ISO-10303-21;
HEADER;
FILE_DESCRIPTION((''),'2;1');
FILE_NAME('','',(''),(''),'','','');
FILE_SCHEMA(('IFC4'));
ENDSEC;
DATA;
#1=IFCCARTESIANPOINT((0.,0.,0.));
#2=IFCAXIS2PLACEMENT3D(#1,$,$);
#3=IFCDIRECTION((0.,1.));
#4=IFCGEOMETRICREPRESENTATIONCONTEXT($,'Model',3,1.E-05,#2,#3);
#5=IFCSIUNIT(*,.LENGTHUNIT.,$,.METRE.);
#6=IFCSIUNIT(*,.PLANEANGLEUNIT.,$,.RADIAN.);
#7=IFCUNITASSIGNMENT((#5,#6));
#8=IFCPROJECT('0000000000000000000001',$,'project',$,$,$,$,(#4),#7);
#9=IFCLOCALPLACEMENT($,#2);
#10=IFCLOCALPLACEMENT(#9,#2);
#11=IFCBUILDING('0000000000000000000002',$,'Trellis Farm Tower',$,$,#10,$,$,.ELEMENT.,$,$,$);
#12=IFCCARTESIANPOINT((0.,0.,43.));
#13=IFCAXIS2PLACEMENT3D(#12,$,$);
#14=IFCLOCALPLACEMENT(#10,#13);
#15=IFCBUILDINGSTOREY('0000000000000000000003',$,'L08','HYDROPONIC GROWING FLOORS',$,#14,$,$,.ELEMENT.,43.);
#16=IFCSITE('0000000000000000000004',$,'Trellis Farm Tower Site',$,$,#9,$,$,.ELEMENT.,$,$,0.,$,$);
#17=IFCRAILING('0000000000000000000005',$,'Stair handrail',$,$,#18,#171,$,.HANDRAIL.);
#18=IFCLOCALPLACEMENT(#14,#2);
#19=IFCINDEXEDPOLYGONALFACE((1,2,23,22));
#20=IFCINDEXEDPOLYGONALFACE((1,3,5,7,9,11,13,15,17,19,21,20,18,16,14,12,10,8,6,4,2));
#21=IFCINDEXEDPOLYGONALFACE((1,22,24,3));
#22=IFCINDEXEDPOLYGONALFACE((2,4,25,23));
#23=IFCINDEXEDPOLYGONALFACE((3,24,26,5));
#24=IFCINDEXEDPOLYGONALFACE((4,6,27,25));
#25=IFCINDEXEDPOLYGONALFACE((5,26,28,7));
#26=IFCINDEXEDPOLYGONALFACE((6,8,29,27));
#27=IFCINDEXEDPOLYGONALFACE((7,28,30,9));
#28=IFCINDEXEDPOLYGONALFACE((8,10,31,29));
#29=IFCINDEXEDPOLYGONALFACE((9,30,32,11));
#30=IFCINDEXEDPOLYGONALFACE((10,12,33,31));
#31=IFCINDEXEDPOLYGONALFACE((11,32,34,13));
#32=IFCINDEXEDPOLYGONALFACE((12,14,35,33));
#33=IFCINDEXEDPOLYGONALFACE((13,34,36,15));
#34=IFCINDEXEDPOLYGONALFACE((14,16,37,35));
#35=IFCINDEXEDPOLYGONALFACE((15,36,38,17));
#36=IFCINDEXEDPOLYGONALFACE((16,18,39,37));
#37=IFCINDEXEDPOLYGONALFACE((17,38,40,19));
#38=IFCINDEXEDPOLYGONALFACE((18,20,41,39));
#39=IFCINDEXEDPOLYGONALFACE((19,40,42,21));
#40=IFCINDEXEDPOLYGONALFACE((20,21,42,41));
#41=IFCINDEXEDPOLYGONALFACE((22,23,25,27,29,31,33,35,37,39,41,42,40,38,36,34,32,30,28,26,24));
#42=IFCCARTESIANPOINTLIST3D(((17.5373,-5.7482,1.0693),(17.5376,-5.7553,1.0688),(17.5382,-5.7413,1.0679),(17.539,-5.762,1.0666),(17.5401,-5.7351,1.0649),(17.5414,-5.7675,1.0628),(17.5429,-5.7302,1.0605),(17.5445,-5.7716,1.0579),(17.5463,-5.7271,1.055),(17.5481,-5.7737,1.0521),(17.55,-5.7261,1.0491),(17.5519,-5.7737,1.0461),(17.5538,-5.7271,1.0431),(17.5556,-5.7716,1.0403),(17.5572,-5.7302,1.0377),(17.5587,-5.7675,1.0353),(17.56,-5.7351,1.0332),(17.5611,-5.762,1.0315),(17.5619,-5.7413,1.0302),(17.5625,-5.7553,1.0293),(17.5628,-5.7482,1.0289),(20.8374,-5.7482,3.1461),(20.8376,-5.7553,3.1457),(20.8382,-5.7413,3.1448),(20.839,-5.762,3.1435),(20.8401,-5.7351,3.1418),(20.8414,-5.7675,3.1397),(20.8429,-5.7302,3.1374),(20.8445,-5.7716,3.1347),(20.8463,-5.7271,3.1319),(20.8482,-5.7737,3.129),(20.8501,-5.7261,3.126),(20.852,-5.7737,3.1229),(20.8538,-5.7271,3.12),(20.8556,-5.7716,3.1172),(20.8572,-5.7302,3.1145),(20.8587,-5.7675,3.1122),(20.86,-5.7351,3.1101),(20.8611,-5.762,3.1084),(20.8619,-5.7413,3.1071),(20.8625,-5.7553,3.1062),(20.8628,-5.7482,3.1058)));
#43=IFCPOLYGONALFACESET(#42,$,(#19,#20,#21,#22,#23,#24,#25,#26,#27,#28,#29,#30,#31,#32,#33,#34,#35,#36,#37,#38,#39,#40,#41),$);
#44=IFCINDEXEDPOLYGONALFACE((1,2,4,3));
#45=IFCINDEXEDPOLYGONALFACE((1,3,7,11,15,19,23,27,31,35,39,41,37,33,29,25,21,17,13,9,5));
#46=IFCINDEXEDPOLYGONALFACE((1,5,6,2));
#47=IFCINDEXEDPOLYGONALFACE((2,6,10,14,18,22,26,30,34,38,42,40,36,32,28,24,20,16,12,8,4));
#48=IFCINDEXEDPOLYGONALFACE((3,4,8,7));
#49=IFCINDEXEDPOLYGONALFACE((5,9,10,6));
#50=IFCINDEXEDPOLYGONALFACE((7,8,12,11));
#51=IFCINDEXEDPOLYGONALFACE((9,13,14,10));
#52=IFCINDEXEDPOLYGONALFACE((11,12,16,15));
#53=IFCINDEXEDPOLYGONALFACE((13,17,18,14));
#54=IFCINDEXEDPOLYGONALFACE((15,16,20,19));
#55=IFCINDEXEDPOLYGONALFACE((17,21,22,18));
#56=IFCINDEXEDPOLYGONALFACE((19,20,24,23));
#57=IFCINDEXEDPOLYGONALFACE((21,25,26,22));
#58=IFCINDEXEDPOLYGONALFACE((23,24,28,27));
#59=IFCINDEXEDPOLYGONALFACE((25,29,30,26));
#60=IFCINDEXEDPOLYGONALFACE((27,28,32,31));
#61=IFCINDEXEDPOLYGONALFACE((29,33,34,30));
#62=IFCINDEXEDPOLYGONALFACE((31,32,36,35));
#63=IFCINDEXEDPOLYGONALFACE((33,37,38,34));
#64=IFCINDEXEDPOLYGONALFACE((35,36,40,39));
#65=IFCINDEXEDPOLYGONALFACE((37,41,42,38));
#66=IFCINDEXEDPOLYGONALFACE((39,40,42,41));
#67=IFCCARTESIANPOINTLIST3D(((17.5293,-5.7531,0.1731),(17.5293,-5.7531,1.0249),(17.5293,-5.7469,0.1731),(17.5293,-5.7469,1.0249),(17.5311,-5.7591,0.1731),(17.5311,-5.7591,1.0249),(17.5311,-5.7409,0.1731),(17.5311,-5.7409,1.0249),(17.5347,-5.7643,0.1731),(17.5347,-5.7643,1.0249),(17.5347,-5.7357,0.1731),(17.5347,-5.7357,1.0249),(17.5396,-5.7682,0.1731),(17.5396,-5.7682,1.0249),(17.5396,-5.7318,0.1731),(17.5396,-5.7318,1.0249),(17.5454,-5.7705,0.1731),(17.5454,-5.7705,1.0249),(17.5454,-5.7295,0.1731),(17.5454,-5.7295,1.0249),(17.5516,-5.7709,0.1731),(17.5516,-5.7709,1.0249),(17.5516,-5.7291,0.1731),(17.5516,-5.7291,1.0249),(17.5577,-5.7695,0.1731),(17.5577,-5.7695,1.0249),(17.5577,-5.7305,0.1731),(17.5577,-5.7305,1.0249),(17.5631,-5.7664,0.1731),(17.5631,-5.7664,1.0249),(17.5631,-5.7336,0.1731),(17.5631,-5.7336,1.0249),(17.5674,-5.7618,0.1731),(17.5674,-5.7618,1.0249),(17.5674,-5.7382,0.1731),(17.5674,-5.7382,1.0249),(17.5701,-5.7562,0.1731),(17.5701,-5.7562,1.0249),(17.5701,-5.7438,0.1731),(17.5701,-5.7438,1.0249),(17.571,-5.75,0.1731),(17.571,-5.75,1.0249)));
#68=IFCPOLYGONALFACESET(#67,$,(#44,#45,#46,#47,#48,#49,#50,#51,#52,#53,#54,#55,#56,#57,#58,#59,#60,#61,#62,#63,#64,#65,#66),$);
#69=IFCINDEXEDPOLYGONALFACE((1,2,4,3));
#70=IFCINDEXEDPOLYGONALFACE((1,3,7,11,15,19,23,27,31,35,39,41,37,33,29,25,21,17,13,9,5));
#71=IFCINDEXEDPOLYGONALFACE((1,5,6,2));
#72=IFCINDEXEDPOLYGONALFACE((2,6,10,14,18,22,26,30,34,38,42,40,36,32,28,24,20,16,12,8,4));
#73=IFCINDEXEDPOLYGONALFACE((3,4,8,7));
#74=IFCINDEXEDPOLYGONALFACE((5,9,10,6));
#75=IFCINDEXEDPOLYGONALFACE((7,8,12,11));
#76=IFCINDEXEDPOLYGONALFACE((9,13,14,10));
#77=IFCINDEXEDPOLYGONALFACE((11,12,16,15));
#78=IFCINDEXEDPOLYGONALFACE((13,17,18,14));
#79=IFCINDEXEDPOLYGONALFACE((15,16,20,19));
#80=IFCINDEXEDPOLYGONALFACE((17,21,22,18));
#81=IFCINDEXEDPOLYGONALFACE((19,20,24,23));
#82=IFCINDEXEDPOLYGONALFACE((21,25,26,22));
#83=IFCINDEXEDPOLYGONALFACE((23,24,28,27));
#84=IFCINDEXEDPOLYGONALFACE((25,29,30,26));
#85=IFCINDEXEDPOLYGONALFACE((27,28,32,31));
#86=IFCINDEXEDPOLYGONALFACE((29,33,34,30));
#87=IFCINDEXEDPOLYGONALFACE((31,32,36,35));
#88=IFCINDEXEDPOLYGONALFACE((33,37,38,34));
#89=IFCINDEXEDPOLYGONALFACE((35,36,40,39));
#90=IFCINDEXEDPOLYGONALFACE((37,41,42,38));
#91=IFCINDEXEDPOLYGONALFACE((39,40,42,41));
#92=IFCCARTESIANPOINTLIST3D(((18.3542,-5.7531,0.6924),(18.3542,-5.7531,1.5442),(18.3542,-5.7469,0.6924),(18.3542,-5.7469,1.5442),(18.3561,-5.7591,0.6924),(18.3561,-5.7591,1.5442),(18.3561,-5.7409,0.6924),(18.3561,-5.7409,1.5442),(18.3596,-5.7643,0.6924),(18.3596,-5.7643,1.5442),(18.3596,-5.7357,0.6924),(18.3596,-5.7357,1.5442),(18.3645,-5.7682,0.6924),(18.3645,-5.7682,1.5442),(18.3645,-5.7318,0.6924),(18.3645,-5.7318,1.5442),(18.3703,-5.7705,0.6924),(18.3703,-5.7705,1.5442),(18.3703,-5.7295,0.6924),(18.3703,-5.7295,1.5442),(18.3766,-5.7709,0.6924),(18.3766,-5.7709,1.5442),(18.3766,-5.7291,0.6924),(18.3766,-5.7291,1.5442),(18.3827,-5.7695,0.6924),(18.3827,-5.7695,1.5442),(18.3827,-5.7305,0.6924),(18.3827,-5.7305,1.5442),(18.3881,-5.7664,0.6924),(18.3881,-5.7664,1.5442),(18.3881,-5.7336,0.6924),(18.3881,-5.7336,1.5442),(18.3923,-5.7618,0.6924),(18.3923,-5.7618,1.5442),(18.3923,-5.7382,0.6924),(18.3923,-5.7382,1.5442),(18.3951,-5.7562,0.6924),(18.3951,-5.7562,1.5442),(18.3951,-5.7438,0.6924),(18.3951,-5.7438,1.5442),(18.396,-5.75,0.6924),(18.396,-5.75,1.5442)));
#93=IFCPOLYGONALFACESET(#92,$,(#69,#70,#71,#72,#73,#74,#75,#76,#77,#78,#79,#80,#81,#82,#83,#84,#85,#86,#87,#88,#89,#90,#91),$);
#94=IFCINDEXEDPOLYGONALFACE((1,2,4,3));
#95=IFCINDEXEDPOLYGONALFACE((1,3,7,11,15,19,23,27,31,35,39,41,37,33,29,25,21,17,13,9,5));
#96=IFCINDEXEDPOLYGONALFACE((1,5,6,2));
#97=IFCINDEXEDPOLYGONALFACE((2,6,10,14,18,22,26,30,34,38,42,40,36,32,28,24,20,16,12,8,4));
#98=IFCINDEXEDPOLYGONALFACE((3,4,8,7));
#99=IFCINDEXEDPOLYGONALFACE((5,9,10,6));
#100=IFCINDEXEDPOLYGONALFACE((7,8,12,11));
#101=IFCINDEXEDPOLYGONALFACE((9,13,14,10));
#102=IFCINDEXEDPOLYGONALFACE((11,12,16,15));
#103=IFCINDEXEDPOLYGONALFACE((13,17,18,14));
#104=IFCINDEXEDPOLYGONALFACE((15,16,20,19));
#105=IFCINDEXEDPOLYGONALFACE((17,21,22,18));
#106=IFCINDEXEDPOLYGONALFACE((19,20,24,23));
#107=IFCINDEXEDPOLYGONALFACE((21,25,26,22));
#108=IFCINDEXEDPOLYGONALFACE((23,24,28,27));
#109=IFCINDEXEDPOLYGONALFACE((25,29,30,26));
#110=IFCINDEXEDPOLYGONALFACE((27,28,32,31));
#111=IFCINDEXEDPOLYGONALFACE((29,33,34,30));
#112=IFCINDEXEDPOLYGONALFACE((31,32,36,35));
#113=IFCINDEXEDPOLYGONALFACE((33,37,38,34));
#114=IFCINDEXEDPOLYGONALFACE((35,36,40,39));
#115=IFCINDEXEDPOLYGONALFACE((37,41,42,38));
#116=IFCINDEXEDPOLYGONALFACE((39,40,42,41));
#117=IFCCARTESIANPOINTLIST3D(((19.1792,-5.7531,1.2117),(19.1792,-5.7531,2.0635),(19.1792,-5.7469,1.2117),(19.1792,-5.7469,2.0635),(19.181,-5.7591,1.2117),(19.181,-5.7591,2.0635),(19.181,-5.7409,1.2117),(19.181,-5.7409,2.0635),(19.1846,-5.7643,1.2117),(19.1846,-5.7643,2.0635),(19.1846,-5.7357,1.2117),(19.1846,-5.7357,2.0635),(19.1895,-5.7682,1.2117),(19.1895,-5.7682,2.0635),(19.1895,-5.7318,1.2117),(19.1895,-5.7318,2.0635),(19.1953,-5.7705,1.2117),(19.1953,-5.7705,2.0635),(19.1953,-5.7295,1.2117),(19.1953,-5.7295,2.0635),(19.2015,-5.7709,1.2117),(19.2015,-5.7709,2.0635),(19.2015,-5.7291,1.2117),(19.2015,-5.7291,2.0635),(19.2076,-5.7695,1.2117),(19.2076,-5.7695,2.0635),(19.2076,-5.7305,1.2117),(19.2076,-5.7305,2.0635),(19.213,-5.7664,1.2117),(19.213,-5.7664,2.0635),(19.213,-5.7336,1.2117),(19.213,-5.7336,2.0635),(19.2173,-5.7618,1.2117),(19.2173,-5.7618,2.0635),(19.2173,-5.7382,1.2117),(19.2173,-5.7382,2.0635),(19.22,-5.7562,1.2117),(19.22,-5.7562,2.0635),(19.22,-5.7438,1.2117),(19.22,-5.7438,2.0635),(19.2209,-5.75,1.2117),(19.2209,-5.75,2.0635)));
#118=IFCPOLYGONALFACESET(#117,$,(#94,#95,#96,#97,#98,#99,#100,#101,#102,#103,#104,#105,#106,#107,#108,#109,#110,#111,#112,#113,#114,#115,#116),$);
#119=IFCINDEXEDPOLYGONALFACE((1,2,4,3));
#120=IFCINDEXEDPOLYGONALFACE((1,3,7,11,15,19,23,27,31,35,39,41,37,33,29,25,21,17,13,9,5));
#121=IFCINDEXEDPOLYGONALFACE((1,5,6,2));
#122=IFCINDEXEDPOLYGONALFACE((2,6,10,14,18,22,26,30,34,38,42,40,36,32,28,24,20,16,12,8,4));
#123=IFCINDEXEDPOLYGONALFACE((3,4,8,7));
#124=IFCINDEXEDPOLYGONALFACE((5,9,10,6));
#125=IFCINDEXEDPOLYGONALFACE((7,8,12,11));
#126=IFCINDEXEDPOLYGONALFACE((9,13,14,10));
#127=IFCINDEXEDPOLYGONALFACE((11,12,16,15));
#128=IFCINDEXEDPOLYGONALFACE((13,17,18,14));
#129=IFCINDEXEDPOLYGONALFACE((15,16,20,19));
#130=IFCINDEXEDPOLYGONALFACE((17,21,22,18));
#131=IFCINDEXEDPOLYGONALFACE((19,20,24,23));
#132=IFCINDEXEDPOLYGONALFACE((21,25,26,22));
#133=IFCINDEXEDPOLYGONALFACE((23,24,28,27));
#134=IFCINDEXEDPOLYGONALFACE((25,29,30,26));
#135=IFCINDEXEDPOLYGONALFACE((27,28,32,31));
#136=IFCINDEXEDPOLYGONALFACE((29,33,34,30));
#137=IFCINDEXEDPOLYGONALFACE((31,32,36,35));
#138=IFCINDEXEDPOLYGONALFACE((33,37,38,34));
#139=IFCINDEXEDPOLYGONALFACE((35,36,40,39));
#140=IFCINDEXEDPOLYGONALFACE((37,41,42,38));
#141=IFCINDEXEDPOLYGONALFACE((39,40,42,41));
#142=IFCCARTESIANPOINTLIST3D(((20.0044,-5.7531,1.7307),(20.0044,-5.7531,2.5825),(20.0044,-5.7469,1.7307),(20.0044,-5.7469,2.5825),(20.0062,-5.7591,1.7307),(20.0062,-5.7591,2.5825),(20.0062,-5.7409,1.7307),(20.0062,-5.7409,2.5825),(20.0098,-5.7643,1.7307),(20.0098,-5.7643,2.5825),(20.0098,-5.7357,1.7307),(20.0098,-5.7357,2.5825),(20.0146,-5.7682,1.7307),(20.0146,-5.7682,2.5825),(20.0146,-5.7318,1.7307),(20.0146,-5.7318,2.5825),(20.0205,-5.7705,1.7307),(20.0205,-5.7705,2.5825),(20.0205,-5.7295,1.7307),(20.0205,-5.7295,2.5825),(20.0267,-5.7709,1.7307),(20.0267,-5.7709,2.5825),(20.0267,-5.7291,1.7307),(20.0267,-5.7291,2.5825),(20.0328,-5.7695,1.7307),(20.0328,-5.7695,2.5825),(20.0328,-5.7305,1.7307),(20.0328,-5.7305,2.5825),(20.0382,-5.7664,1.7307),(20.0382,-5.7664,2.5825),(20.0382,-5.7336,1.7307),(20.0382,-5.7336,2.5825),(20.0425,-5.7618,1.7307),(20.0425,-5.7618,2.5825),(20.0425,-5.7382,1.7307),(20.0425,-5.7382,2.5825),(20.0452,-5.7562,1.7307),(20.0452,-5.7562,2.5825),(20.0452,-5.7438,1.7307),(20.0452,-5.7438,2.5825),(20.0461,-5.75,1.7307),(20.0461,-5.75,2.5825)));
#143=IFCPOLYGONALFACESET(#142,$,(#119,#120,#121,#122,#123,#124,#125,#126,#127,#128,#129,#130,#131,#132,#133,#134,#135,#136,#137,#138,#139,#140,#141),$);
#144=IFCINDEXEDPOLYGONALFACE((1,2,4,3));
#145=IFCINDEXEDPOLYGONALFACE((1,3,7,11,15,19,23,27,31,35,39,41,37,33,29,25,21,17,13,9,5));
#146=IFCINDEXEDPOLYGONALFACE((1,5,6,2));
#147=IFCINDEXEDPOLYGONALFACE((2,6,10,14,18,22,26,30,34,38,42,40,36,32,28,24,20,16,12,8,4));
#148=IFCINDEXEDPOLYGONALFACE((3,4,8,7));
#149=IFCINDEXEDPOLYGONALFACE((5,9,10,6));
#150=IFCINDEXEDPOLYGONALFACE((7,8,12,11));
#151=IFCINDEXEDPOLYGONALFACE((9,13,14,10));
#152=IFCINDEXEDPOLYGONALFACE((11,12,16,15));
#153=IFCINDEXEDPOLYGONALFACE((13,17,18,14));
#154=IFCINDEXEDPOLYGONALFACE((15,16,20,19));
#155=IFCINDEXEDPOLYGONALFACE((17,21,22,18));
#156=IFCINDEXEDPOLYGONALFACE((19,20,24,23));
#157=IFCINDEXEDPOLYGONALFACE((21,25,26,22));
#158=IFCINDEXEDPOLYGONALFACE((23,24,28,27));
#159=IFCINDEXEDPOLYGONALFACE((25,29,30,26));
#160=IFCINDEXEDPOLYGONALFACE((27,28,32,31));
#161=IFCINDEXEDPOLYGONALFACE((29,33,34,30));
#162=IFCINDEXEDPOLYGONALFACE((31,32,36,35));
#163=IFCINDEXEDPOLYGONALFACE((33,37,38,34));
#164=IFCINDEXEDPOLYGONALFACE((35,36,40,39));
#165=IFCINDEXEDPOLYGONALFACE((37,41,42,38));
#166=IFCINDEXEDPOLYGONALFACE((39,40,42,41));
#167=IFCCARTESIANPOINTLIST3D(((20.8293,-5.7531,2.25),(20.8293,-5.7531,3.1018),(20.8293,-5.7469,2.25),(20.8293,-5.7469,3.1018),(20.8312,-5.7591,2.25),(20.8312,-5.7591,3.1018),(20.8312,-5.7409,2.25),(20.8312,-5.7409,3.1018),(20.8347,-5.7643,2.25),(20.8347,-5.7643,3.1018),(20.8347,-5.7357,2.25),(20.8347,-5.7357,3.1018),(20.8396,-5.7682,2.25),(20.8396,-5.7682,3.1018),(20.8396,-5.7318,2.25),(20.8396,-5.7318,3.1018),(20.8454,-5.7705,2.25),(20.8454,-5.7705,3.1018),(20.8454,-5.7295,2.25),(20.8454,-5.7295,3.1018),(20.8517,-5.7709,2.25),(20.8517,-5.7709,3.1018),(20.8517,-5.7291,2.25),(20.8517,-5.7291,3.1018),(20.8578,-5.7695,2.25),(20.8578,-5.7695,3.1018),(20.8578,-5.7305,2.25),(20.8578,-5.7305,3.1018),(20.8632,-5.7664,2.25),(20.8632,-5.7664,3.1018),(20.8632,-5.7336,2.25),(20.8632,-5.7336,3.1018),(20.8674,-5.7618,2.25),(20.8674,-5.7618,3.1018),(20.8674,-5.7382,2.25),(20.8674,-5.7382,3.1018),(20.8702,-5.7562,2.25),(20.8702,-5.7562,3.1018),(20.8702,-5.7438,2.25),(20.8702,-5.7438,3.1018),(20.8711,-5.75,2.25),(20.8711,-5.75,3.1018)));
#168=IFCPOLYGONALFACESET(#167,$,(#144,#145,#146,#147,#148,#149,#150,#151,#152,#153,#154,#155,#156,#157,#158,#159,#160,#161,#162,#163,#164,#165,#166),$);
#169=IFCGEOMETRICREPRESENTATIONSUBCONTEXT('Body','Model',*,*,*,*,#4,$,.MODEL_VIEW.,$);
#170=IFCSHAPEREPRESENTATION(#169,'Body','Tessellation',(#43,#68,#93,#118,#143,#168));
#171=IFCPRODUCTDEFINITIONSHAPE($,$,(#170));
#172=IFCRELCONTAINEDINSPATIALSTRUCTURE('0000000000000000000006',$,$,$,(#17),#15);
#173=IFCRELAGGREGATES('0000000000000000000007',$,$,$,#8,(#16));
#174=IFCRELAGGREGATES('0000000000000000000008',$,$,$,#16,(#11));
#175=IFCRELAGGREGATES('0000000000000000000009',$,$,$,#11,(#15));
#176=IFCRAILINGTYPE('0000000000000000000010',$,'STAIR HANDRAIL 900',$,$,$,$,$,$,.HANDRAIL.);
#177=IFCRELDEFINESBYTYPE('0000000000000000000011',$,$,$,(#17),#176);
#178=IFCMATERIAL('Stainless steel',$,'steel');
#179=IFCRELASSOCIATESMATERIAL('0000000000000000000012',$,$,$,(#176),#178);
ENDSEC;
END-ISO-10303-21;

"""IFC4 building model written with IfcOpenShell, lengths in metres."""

from ifc_helpers import new_model, si_unit, direction, frame, origin, origin_2d, place, context, subcontext, project, spatial, circle, extrude, source, transform, mapped, material, type_object, element, save


model = new_model("IFC4")

# Units and contexts
model_context = context("Model", 3, precision=1e-05, world=origin(), true_north=direction((0.0, 1.0)))
body_context = subcontext(model_context, "Body", "Model", "MODEL_VIEW")
ifc_project = project(units=[si_unit("LENGTHUNIT", "METRE"), si_unit("PLANEANGLEUNIT", "RADIAN")], contexts=[model_context])

# Site, building, storey
site_placement = place(None, origin())
site = spatial("IfcSite", under=ifc_project, at=site_placement, Name="Trellis Farm Tower Site", CompositionType="ELEMENT", RefElevation=0.0)
building_placement = place(site_placement, origin())
building = spatial("IfcBuilding", under=site, at=building_placement, Name="Trellis Farm Tower", CompositionType="ELEMENT")
storey_placement = place(building_placement, frame((0.0, 0.0, 43.0)))
storey = spatial("IfcBuildingStorey", under=building, at=storey_placement, Name="L08", Description="HYDROPONIC GROWING FLOORS", CompositionType="ELEMENT", Elevation=43.0)

# Railing
ifc_material_1 = material(Name="Stainless steel", Category="steel")
railing_type = type_object("IfcRailingType", Name="STAIR HANDRAIL 900", PredefinedType="HANDRAIL", material=ifc_material_1)
shared_shape_1 = source(origin(), body_context, "Body", "SweptSolid", [
    extrude(circle(Radius=0.0239, at=origin_2d()), frame((0.0, 0.0, 0.876), z_axis=(0.846337, 0.0, 0.532647), x_axis=(0.0, 1.0, 0.0)), (0.0, 0.0, 1.0), 3.8992),
    extrude(circle(Radius=0.021, at=origin_2d()), origin(), (0.0, 0.0, 1.0), 0.8518),
    extrude(circle(Radius=0.021, at=origin_2d()), frame((0.825, 0.0, 0.5193)), (0.0, 0.0, 1.0), 0.8518),
    extrude(circle(Radius=0.021, at=origin_2d()), frame((1.6499, 0.0, 1.0386)), (0.0, 0.0, 1.0), 0.8518),
    extrude(circle(Radius=0.021, at=origin_2d()), frame((2.4751, 0.0, 1.5576)), (0.0, 0.0, 1.0), 0.8518),
    extrude(circle(Radius=0.021, at=origin_2d()), frame((3.3, 0.0, 2.0769)), (0.0, 0.0, 1.0), 0.8518),
])
for number, where, name in (
    (1, (17.55, -5.75, 0.1731), "Stair handrail"),
):
    element("IfcRailing", number, at=place(storey_placement, frame(where)), inside=storey, type_object=railing_type, Name=name, PredefinedType="HANDRAIL", context=body_context, shape_type="MappedRepresentation", body=[
        mapped(shared_shape_1, transform((0.0, 0.0, 0.0))),
    ])

save(model, "model.ifc")
